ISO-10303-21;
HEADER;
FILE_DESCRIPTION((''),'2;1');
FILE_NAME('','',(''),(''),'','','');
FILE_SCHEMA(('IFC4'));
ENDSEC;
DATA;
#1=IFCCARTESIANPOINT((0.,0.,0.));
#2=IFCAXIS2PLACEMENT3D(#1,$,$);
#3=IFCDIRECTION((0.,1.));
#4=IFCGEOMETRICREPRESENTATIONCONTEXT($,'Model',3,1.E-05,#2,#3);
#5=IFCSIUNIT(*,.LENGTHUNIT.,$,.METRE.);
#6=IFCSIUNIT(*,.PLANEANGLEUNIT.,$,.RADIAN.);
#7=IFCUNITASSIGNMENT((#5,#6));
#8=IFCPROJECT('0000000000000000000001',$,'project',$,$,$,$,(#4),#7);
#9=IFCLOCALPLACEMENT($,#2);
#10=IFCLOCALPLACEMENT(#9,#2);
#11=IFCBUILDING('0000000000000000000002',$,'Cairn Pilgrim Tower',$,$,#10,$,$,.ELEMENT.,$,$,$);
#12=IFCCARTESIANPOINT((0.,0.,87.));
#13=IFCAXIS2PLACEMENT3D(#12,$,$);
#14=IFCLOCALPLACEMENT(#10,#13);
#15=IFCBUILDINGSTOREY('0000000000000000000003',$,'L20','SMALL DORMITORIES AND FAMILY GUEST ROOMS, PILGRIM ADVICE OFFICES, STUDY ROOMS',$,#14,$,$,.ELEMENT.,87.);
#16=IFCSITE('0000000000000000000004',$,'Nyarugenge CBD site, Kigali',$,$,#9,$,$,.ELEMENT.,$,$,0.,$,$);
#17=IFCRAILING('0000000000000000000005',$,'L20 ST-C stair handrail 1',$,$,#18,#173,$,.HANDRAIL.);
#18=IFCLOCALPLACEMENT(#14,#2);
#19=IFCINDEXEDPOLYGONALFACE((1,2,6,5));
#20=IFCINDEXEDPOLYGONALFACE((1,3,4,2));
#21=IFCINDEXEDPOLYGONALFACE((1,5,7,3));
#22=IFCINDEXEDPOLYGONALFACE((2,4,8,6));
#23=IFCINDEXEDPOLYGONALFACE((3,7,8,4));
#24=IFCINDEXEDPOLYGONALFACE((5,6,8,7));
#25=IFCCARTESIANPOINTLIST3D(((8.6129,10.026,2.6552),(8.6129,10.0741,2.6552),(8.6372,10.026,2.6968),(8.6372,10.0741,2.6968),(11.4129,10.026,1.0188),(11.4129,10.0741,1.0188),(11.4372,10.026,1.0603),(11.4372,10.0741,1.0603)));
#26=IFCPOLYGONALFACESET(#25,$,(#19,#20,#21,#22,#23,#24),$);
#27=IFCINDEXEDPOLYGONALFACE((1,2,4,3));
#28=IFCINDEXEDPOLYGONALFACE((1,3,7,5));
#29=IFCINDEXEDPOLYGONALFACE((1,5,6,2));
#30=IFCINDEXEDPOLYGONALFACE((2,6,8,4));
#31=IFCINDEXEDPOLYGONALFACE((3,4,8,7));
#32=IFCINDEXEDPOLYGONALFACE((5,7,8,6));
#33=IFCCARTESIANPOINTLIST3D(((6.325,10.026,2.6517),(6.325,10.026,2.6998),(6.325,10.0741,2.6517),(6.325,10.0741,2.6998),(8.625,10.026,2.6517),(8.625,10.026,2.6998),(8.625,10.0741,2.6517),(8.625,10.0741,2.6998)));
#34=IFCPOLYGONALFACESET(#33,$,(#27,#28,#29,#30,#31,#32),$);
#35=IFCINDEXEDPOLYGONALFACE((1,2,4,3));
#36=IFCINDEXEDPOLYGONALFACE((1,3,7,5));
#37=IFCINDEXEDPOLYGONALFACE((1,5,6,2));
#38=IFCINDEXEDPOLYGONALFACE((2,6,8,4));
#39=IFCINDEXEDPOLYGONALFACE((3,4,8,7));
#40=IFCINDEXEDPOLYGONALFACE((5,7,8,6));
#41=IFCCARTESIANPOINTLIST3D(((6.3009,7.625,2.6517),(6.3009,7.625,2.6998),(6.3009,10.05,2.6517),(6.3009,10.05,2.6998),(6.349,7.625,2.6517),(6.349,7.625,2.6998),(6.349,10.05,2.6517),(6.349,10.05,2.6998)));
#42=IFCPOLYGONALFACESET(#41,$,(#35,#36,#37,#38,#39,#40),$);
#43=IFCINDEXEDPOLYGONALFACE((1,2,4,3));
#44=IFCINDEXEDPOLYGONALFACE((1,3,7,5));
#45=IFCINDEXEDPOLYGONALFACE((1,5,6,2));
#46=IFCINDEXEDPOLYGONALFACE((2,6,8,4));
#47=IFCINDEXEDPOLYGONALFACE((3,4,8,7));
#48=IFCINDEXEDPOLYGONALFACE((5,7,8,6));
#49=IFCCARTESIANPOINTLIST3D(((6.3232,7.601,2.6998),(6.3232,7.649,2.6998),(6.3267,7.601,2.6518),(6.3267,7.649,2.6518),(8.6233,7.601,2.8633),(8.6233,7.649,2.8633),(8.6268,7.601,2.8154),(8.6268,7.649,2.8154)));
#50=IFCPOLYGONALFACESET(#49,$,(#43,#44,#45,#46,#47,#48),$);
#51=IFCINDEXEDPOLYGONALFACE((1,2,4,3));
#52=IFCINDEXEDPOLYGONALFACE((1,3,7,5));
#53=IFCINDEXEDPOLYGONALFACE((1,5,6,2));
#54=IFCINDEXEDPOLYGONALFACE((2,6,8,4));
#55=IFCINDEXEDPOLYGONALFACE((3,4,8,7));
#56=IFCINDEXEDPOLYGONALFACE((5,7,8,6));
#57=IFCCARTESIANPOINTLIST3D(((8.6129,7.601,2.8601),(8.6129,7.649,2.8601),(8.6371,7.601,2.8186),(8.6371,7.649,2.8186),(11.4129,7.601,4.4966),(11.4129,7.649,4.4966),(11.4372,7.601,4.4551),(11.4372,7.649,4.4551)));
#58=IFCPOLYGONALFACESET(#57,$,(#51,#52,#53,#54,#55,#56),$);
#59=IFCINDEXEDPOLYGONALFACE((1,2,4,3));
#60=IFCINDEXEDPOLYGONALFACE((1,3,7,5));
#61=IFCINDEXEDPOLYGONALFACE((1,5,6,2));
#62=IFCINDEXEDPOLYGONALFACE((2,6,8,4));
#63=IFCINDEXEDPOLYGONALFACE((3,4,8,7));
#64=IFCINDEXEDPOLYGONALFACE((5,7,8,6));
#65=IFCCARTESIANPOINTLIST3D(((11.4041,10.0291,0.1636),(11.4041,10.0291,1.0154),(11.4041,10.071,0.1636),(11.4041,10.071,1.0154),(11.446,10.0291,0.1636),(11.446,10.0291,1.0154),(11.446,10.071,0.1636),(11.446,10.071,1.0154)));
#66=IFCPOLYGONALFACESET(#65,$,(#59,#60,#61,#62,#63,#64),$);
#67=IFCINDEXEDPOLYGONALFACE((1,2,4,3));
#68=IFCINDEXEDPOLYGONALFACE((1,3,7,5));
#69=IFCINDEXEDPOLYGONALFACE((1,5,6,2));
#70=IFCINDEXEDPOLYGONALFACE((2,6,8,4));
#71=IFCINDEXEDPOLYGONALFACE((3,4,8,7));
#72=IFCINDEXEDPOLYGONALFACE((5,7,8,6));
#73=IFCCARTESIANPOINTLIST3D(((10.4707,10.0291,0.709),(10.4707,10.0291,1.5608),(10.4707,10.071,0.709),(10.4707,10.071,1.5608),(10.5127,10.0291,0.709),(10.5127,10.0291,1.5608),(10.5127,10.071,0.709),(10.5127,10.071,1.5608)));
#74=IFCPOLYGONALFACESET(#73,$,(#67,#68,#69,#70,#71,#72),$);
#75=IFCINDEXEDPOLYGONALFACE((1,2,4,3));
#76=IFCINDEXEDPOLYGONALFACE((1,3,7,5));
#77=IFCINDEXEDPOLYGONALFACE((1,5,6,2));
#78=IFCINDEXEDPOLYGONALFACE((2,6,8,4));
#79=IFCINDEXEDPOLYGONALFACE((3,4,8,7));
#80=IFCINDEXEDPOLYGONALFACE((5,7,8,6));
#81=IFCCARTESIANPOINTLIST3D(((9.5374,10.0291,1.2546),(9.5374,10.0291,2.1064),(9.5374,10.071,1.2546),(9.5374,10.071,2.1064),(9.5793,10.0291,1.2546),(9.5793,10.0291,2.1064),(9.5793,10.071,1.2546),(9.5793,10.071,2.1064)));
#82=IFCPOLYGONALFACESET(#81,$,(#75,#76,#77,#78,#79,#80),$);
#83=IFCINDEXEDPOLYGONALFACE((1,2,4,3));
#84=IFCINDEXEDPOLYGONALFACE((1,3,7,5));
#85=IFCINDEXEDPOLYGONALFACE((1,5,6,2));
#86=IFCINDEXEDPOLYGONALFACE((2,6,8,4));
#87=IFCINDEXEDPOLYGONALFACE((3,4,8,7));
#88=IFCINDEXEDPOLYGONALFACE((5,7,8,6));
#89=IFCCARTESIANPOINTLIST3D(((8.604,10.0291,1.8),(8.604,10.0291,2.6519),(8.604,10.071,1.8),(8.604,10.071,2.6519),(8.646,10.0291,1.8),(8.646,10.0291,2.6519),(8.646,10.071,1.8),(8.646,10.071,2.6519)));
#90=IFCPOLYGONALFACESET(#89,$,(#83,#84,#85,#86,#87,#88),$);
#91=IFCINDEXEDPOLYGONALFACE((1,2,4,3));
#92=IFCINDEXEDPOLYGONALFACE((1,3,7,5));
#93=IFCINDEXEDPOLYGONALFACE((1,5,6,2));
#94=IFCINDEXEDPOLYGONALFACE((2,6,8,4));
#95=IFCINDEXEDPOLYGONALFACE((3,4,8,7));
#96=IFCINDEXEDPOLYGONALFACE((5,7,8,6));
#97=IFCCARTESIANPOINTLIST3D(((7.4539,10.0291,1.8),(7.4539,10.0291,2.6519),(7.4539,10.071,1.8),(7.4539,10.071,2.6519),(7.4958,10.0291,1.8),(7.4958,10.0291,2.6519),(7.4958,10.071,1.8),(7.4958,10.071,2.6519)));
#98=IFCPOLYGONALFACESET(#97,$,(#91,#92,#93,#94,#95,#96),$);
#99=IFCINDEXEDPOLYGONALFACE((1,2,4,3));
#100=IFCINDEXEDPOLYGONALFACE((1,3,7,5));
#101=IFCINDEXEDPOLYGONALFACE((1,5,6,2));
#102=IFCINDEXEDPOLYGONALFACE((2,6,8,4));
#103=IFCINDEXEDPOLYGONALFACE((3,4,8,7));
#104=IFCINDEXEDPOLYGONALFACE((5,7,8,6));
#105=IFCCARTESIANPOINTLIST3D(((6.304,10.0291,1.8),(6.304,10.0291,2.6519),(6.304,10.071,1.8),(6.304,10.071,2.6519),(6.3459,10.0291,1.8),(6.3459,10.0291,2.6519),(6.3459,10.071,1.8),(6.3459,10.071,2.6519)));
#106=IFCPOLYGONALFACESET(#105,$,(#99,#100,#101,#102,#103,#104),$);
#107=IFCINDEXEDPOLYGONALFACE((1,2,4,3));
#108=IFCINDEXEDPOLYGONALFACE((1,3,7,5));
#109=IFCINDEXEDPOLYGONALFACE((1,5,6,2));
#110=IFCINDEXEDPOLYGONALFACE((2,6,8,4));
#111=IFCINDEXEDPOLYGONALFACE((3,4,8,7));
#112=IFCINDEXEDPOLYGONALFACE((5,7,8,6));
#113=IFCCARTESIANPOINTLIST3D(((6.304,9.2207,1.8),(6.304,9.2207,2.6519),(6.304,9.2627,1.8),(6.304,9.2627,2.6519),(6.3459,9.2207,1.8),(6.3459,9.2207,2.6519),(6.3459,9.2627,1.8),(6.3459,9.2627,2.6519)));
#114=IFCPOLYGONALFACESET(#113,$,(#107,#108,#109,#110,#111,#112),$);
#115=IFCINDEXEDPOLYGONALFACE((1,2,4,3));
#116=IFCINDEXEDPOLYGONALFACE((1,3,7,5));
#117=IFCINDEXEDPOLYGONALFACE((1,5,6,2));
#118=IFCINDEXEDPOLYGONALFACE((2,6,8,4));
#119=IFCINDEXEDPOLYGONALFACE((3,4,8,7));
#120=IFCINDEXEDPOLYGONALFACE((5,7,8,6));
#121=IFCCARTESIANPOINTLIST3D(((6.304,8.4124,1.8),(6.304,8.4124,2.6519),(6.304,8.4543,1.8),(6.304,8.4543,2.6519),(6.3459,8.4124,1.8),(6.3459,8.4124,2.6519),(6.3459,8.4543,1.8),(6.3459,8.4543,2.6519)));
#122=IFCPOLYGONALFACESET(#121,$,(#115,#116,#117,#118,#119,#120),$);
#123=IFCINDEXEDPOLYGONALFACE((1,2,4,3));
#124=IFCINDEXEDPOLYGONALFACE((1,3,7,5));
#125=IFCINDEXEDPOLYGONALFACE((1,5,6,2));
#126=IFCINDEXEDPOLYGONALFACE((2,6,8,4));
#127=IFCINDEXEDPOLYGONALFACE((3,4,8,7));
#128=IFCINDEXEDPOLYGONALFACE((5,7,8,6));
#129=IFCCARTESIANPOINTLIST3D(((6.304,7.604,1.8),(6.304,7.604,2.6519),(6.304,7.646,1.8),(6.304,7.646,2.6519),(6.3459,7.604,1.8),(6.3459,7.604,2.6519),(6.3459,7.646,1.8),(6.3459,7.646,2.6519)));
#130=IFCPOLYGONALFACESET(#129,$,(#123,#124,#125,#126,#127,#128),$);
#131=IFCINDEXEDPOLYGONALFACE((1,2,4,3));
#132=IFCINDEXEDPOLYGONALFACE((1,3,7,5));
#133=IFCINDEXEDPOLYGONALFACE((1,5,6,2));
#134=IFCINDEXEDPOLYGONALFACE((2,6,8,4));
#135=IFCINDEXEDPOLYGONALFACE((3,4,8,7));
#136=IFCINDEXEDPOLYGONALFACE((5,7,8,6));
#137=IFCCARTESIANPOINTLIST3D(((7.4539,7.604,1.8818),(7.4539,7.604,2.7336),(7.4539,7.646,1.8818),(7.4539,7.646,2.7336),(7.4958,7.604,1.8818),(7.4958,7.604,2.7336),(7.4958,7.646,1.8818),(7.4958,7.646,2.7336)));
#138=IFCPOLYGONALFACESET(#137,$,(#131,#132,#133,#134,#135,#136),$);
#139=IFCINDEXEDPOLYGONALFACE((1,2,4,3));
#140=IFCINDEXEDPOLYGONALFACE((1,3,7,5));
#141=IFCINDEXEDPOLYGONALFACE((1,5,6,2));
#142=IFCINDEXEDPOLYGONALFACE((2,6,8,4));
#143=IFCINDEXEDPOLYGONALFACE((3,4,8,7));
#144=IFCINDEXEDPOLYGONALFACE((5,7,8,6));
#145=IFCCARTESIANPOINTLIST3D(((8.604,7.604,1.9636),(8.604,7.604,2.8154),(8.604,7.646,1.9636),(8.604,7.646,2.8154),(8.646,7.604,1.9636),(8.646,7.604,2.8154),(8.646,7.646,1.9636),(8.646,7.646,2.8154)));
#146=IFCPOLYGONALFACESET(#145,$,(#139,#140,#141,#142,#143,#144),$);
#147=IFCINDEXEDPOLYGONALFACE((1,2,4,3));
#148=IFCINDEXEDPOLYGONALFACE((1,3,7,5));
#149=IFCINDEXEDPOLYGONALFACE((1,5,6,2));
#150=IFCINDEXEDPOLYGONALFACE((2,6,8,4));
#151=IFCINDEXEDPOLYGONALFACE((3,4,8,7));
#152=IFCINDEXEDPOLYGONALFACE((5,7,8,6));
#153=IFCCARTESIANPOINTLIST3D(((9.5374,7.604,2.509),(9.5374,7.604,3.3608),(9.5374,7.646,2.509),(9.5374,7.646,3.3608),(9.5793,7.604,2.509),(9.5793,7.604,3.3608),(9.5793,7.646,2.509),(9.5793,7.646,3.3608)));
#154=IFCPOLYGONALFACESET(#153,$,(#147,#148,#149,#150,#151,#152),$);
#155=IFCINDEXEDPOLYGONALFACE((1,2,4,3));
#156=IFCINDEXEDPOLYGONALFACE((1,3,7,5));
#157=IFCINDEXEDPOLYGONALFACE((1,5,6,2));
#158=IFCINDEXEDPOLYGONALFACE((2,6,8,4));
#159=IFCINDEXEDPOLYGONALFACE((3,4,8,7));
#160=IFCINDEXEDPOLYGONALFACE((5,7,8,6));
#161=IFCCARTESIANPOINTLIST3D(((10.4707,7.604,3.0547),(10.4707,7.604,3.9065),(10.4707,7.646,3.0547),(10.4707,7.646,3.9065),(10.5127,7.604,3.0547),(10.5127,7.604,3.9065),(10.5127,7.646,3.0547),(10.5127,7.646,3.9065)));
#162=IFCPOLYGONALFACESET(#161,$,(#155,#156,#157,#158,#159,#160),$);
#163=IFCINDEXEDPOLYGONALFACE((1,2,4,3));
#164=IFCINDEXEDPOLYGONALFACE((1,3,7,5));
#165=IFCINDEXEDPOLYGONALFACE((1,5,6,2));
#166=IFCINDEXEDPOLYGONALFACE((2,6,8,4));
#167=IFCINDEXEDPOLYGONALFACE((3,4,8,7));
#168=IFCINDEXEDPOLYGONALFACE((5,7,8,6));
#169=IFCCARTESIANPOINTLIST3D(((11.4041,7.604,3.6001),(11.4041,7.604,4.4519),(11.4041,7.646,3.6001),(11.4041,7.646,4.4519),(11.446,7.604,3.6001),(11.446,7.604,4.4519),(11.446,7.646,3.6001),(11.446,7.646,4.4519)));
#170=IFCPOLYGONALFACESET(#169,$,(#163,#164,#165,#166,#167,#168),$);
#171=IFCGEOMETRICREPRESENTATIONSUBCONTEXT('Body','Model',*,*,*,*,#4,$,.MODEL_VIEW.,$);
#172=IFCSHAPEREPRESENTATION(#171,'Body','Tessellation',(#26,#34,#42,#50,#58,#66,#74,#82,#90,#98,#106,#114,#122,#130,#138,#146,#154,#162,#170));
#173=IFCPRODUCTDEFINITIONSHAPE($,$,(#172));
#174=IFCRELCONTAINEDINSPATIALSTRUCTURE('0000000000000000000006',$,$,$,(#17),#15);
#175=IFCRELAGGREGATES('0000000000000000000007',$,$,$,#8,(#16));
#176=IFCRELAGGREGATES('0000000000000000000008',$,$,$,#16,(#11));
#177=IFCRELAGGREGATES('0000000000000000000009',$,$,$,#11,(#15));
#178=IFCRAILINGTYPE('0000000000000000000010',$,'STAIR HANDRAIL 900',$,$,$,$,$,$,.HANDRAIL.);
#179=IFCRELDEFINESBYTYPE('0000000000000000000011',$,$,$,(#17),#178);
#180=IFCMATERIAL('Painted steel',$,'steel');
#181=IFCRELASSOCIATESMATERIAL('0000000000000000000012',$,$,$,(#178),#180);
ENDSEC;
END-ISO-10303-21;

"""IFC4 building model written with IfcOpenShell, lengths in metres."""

from ifc_helpers import new_model, si_unit, direction, frame, origin, origin_2d, place, context, subcontext, project, spatial, rectangle, extrude, material, type_object, element, save


model = new_model("IFC4")

# Units and contexts
model_context = context("Model", 3, precision=1e-05, world=origin(), true_north=direction((0.0, 1.0)))
body_context = subcontext(model_context, "Body", "Model", "MODEL_VIEW")
ifc_project = project(units=[si_unit("LENGTHUNIT", "METRE"), si_unit("PLANEANGLEUNIT", "RADIAN")], contexts=[model_context])

# Site, building, storey
site_placement = place(None, origin())
site = spatial("IfcSite", under=ifc_project, at=site_placement, Name="Nyarugenge CBD site, Kigali", CompositionType="ELEMENT", RefElevation=0.0)
building_placement = place(site_placement, origin())
building = spatial("IfcBuilding", under=site, at=building_placement, Name="Cairn Pilgrim Tower", CompositionType="ELEMENT")
storey_placement = place(building_placement, frame((0.0, 0.0, 87.0)))
storey = spatial("IfcBuildingStorey", under=building, at=storey_placement, Name="L20", Description="SMALL DORMITORIES AND FAMILY GUEST ROOMS, PILGRIM ADVICE OFFICES, STUDY ROOMS", CompositionType="ELEMENT", Elevation=87.0)

# Shared definitions
ifc_material_1 = material(Name="Painted steel", Category="steel")

# Railing
railing_type_1 = type_object("IfcRailingType", Name="STAIR HANDRAIL 900", PredefinedType="HANDRAIL", material=ifc_material_1)
railing_1_placement = place(storey_placement, frame((11.425, 10.05, 0.1636)))
element("IfcRailing", 1, at=railing_1_placement, inside=storey, type_object=railing_type_1, Name="L20 ST-C stair handrail 1", PredefinedType="HANDRAIL", context=body_context, shape_type="SweptSolid", body=[
    extrude(rectangle(XDim=0.0481, YDim=0.0481, at=origin_2d()), frame((0.0, 0.0, 0.876), z_axis=(-0.863361, 0.0, 0.504587), x_axis=(0.0, -1.0, 0.0)), (0.0, 0.0, 1.0), 3.2432),
    extrude(rectangle(XDim=0.0481, YDim=0.0481, at=origin_2d()), frame((-2.8, 0.0, 2.5122), z_axis=(-1.0, 0.0, 0.0), x_axis=(0.0, -1.0, 0.0)), (0.0, 0.0, 1.0), 2.3),
    extrude(rectangle(XDim=0.0481, YDim=0.0481, at=origin_2d()), frame((-5.1001, 0.0, 2.5122), z_axis=(0.0, -1.0, 0.0), x_axis=(1.0, 0.0, 0.0)), (0.0, 0.0, 1.0), 2.425),
    extrude(rectangle(XDim=0.0481, YDim=0.0481, at=origin_2d()), frame((-5.1001, -2.425, 2.5122), z_axis=(0.997481, 0.0, 0.070939), x_axis=(0.0, 1.0, 0.0)), (0.0, 0.0, 1.0), 2.3059),
    extrude(rectangle(XDim=0.0481, YDim=0.0481, at=origin_2d()), frame((-2.8, -2.425, 2.6758), z_axis=(0.863361, 0.0, 0.504587), x_axis=(0.0, 1.0, 0.0)), (0.0, 0.0, 1.0), 3.2432),
    extrude(rectangle(XDim=0.042, YDim=0.042, at=origin_2d()), origin(), (0.0, 0.0, 1.0), 0.8518),
    extrude(rectangle(XDim=0.042, YDim=0.042, at=origin_2d()), frame((-0.9333, 0.0, 0.5454)), (0.0, 0.0, 1.0), 0.8518),
    extrude(rectangle(XDim=0.042, YDim=0.042, at=origin_2d()), frame((-1.8667, 0.0, 1.0911)), (0.0, 0.0, 1.0), 0.8518),
    extrude(rectangle(XDim=0.042, YDim=0.042, at=origin_2d()), frame((-2.8, 0.0, 1.6365)), (0.0, 0.0, 1.0), 0.8518),
    extrude(rectangle(XDim=0.042, YDim=0.042, at=origin_2d()), frame((-3.9502, 0.0, 1.6365)), (0.0, 0.0, 1.0), 0.8518),
    extrude(rectangle(XDim=0.042, YDim=0.042, at=origin_2d()), frame((-5.1001, 0.0, 1.6365)), (0.0, 0.0, 1.0), 0.8518),
    extrude(rectangle(XDim=0.042, YDim=0.042, at=origin_2d()), frame((-5.1001, -0.8083, 1.6365)), (0.0, 0.0, 1.0), 0.8518),
    extrude(rectangle(XDim=0.042, YDim=0.042, at=origin_2d()), frame((-5.1001, -1.6167, 1.6365)), (0.0, 0.0, 1.0), 0.8518),
    extrude(rectangle(XDim=0.042, YDim=0.042, at=origin_2d()), frame((-5.1001, -2.425, 1.6365)), (0.0, 0.0, 1.0), 0.8518),
    extrude(rectangle(XDim=0.042, YDim=0.042, at=origin_2d()), frame((-3.9502, -2.425, 1.7183)), (0.0, 0.0, 1.0), 0.8518),
    extrude(rectangle(XDim=0.042, YDim=0.042, at=origin_2d()), frame((-2.8, -2.425, 1.8)), (0.0, 0.0, 1.0), 0.8518),
    extrude(rectangle(XDim=0.042, YDim=0.042, at=origin_2d()), frame((-1.8667, -2.425, 2.3455)), (0.0, 0.0, 1.0), 0.8518),
    extrude(rectangle(XDim=0.042, YDim=0.042, at=origin_2d()), frame((-0.9333, -2.425, 2.8911)), (0.0, 0.0, 1.0), 0.8518),
    extrude(rectangle(XDim=0.042, YDim=0.042, at=origin_2d()), frame((0.0, -2.425, 3.4365)), (0.0, 0.0, 1.0), 0.8518),
])

save(model, "model.ifc")
